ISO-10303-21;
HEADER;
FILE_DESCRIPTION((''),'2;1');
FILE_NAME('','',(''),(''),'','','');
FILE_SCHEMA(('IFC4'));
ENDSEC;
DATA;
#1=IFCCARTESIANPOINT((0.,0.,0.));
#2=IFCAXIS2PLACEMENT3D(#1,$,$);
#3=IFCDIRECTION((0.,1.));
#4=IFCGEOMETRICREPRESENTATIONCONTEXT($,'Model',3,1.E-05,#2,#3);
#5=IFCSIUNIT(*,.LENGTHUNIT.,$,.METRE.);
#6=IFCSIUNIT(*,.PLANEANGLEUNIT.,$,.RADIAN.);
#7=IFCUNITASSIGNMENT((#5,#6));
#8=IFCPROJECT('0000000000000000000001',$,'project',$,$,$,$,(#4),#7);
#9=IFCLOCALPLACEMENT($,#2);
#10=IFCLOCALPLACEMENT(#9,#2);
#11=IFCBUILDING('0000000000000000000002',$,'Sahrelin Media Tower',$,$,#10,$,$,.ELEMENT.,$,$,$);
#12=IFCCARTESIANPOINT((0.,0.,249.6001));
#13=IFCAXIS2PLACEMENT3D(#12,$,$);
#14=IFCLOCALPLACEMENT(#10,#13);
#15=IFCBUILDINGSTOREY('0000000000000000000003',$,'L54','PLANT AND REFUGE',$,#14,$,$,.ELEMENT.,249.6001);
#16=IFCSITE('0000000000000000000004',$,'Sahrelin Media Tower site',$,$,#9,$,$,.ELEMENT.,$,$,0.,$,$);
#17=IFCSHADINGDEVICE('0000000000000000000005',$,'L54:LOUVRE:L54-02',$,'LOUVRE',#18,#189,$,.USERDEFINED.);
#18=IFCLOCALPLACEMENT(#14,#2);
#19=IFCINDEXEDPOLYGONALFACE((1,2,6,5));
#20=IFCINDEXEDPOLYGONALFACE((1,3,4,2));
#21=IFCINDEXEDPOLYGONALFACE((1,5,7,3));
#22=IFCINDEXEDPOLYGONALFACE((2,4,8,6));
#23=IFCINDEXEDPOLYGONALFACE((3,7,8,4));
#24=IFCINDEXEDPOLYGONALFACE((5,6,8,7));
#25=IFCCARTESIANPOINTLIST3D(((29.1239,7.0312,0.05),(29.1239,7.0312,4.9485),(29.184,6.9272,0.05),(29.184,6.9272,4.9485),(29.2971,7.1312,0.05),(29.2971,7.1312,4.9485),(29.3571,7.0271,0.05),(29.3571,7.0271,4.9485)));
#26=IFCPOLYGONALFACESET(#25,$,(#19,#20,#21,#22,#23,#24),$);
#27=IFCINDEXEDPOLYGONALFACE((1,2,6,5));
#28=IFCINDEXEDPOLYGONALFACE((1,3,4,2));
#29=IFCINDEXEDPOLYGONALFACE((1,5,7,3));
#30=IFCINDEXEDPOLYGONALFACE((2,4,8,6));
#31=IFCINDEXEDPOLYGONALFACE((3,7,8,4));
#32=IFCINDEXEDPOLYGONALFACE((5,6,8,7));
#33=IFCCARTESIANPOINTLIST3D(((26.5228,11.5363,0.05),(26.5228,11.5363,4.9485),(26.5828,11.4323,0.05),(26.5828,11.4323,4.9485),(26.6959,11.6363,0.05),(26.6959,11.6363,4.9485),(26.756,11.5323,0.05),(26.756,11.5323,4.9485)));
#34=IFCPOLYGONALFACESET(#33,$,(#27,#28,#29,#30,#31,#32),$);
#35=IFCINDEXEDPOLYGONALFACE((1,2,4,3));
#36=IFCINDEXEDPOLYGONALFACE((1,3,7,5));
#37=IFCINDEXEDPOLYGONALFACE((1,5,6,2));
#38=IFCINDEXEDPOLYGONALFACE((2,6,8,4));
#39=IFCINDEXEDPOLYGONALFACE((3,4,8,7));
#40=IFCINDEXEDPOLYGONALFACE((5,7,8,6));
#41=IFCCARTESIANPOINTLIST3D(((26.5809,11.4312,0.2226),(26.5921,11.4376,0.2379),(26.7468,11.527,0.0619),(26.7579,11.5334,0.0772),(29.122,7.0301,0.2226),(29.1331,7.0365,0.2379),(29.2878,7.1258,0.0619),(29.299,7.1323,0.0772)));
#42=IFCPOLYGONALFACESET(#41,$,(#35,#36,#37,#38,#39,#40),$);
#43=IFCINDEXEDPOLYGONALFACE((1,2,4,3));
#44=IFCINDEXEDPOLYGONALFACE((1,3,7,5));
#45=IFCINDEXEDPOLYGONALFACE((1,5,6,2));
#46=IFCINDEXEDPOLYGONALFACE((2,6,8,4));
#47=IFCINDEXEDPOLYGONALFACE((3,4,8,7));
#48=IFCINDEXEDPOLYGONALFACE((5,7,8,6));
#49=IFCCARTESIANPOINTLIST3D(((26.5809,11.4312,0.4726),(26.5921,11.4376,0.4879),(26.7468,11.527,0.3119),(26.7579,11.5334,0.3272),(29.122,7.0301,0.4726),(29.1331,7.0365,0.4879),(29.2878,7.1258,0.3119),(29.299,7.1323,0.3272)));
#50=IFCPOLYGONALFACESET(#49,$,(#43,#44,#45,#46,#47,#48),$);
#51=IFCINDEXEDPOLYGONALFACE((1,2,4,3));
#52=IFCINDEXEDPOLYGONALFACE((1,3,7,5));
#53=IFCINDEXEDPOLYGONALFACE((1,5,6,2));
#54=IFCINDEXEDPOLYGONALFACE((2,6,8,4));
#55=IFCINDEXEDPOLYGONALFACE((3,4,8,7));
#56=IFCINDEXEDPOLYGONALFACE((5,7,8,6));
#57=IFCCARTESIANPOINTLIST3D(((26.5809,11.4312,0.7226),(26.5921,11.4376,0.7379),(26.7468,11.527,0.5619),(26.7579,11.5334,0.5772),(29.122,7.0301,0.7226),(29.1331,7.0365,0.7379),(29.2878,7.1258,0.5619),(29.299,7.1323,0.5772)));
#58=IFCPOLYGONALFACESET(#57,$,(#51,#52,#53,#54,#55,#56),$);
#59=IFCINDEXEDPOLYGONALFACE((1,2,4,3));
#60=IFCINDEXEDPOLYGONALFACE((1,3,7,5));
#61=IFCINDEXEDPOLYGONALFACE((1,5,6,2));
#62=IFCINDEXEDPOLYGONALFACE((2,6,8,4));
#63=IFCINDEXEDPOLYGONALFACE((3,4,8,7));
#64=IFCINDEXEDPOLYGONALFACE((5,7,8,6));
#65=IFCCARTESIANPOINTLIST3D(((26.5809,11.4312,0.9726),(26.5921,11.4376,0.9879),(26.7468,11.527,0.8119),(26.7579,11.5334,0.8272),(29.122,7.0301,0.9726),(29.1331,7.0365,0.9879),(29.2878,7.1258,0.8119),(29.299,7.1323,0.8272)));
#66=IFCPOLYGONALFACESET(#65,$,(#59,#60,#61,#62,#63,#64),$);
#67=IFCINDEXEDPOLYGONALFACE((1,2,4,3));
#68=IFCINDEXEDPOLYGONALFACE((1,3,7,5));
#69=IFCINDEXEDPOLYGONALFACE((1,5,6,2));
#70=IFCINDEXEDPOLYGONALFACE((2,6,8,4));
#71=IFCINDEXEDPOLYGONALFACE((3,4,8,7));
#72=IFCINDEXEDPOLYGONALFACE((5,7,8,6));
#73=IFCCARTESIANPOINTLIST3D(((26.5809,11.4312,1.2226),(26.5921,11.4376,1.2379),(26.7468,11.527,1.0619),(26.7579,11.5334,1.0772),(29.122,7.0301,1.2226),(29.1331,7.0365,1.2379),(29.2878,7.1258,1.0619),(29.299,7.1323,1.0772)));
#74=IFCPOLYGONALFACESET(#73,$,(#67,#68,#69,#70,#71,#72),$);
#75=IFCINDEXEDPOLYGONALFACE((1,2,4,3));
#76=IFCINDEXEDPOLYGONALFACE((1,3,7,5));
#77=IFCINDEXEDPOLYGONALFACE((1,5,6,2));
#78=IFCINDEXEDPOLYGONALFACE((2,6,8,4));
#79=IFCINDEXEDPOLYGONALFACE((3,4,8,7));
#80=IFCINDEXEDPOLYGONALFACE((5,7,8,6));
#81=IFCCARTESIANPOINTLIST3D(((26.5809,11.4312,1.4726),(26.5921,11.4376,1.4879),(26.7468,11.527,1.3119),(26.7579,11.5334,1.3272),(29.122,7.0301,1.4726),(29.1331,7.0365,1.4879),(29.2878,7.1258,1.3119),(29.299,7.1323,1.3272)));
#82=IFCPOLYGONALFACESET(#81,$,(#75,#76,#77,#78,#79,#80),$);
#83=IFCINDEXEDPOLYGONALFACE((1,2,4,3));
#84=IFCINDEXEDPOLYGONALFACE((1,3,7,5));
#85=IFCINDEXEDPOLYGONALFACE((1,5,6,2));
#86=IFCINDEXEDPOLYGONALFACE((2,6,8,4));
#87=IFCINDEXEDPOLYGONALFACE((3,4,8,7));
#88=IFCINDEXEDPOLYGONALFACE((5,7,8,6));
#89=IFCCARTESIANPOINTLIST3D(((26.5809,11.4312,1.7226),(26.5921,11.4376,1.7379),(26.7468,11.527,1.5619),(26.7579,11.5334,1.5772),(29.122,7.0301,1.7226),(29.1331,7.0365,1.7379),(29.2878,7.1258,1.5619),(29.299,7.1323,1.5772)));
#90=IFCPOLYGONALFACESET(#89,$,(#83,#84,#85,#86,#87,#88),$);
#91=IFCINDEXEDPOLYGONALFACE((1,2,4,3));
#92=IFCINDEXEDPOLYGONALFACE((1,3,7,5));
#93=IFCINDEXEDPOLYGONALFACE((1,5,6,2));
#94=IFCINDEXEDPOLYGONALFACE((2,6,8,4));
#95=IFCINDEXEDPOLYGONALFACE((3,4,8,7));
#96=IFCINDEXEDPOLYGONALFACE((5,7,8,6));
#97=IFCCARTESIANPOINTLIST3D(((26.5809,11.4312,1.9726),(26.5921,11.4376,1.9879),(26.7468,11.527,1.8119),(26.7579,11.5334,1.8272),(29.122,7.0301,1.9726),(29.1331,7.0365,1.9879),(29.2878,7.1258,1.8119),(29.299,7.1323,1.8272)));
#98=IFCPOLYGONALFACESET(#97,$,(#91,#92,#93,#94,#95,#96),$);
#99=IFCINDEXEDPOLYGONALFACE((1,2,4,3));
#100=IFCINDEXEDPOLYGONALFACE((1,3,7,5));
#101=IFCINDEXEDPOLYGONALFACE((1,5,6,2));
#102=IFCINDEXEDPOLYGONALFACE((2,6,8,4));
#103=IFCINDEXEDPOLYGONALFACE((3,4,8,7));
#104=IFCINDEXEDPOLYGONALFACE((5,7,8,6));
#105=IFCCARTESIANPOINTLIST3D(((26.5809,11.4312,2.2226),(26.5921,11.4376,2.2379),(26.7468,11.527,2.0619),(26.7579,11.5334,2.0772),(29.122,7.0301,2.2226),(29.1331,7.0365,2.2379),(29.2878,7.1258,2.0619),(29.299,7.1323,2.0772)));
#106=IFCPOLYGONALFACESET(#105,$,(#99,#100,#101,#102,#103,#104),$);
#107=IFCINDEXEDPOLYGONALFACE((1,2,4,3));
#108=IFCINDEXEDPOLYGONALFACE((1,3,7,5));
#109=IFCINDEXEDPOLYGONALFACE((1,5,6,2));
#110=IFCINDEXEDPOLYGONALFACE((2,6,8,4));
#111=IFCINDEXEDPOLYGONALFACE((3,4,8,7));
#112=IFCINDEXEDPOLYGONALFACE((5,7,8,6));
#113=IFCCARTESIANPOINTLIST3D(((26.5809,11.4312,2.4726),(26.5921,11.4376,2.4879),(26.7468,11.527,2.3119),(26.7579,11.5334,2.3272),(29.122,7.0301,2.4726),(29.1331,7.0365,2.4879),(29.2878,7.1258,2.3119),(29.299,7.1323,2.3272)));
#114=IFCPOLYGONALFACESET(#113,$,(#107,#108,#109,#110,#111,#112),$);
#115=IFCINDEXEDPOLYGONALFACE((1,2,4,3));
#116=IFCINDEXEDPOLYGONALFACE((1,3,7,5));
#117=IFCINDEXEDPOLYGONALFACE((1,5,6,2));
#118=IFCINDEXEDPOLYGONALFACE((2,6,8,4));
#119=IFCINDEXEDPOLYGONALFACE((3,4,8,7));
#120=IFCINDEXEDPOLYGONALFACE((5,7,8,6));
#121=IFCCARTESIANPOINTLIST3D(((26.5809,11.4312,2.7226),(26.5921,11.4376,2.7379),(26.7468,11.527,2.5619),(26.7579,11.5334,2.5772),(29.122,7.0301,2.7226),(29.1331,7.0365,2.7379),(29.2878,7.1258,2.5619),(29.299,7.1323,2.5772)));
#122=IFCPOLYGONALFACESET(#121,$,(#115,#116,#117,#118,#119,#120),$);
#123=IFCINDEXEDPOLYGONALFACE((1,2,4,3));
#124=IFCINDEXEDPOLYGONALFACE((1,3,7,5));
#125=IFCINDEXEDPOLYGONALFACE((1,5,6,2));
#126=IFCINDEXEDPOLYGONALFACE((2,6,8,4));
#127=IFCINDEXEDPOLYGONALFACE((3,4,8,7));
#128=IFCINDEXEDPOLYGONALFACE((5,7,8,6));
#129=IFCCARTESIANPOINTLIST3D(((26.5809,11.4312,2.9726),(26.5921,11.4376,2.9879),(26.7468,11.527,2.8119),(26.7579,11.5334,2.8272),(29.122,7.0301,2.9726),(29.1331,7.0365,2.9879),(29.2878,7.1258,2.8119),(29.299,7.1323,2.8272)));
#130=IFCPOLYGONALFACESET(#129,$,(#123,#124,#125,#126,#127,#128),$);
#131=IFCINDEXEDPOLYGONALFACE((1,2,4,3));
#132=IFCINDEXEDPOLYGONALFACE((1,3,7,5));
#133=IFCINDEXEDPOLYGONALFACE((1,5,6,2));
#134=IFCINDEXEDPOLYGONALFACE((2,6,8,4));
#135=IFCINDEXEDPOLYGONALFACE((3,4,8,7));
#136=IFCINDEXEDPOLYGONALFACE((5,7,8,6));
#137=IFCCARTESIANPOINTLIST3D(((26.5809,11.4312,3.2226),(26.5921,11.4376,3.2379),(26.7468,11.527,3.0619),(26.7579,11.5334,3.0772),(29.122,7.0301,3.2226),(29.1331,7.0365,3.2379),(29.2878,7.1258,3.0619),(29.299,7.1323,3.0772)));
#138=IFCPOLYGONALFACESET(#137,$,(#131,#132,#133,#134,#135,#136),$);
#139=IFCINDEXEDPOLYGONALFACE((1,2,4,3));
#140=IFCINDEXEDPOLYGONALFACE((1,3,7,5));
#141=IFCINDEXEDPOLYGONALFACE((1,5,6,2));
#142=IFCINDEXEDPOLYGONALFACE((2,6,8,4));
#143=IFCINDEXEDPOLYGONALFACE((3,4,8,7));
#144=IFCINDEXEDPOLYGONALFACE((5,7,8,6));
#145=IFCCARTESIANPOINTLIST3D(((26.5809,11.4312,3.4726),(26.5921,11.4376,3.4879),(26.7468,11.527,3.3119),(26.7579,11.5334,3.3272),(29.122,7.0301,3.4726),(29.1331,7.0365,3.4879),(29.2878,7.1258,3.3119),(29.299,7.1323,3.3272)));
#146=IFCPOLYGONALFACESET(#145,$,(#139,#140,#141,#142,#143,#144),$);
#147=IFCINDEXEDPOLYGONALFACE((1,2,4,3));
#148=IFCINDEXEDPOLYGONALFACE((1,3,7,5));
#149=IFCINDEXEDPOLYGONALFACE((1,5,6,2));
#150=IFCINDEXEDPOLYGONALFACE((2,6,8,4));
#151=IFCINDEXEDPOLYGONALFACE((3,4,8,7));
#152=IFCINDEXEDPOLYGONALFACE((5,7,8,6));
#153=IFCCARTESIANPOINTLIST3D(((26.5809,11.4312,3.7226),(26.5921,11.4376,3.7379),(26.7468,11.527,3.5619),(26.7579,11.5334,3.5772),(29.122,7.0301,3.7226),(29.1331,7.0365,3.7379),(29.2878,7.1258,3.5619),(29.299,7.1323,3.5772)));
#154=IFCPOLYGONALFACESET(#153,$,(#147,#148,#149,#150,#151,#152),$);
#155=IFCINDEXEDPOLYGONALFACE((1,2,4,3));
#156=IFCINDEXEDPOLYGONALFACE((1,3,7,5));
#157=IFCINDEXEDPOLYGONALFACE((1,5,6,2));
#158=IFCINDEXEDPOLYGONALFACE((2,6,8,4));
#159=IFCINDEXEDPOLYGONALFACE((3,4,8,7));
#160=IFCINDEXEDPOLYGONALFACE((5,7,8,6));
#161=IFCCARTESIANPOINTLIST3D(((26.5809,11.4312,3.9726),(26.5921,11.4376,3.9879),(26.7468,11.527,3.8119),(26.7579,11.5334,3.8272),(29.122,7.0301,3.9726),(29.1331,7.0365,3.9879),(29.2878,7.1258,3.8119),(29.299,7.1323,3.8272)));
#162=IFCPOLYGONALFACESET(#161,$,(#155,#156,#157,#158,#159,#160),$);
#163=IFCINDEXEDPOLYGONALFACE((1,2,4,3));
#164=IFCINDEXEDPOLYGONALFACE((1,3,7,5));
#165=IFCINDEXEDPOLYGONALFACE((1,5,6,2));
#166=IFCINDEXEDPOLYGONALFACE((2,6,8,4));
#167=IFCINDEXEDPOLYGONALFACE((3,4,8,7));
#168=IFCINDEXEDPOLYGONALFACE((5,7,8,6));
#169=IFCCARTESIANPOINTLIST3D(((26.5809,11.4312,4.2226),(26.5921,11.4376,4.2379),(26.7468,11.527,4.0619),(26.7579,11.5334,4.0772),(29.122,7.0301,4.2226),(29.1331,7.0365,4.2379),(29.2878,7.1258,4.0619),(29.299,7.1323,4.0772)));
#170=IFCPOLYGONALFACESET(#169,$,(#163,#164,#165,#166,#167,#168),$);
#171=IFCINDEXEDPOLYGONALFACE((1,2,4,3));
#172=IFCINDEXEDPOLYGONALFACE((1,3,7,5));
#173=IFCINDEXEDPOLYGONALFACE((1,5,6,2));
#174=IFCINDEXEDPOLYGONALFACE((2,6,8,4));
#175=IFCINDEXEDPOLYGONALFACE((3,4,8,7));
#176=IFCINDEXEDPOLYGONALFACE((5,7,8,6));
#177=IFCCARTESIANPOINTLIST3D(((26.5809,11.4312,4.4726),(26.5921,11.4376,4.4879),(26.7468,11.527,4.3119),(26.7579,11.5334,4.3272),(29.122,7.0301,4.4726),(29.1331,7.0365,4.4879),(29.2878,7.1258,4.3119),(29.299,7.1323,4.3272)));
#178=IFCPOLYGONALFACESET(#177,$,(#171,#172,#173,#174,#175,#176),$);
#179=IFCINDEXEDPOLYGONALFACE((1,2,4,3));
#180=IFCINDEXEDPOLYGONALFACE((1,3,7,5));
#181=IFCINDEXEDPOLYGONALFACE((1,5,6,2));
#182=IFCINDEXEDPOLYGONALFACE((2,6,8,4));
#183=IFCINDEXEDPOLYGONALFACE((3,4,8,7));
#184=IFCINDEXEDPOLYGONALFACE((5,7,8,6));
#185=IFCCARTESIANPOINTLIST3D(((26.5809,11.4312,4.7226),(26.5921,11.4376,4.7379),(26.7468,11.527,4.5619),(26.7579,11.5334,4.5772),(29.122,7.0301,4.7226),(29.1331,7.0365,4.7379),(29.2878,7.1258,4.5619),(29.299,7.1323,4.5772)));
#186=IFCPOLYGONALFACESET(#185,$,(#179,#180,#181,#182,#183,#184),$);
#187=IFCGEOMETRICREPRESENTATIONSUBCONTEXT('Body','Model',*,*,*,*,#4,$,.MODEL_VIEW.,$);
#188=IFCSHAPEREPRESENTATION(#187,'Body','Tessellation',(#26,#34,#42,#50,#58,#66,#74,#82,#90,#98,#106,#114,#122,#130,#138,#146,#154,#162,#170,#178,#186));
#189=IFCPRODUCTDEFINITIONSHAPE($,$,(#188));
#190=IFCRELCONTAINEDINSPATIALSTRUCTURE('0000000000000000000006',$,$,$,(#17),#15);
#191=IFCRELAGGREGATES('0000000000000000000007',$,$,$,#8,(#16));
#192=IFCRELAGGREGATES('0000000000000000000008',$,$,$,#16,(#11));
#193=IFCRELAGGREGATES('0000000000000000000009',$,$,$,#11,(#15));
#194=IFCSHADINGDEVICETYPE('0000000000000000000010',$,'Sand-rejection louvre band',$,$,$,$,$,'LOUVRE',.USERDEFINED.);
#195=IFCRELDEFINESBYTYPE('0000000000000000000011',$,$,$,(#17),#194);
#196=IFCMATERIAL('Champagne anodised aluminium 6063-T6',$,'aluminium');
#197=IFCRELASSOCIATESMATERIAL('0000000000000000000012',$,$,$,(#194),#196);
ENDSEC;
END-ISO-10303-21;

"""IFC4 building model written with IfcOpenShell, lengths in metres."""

from ifc_helpers import new_model, si_unit, direction, frame, origin, origin_2d, place, context, subcontext, project, spatial, rectangle, extrude, material, type_object, element, save


model = new_model("IFC4")

# Units and contexts
model_context = context("Model", 3, precision=1e-05, world=origin(), true_north=direction((0.0, 1.0)))
body_context = subcontext(model_context, "Body", "Model", "MODEL_VIEW")
ifc_project = project(units=[si_unit("LENGTHUNIT", "METRE"), si_unit("PLANEANGLEUNIT", "RADIAN")], contexts=[model_context])

# Site, building, storey
site_placement = place(None, origin())
site = spatial("IfcSite", under=ifc_project, at=site_placement, Name="Sahrelin Media Tower site", CompositionType="ELEMENT", RefElevation=0.0)
building_placement = place(site_placement, origin())
building = spatial("IfcBuilding", under=site, at=building_placement, Name="Sahrelin Media Tower", CompositionType="ELEMENT")
storey_placement = place(building_placement, frame((0.0, 0.0, 249.6001)))
storey = spatial("IfcBuildingStorey", under=building, at=storey_placement, Name="L54", Description="PLANT AND REFUGE", CompositionType="ELEMENT", Elevation=249.6001)

# Shading device
ifc_material_1 = material(Name="Champagne anodised aluminium 6063-T6", Category="aluminium")
shading_device_type = type_object("IfcShadingDeviceType", Name="Sand-rejection louvre band", ElementType="LOUVRE", PredefinedType="USERDEFINED", material=ifc_material_1)
shading_device_1_placement = place(storey_placement, frame((27.8533, 9.2317, 0.0), z_axis=(0.0, 0.0, 1.0), x_axis=(0.500011, -0.866019, 0.0)))
element("IfcShadingDevice", 1, at=shading_device_1_placement, inside=storey, type_object=shading_device_type, Name="L54:LOUVRE:L54-02", ObjectType="LOUVRE", PredefinedType="USERDEFINED", context=body_context, shape_type="SweptSolid", body=[
    extrude(rectangle(XDim=0.1201, YDim=0.2, at=origin_2d()), frame((2.6011, 0.1001, 0.05), z_axis=(0.0, 0.0, 1.0), x_axis=(1.0, 0.0, 0.0)), (0.0, 0.0, 1.0), 4.8984),
    extrude(rectangle(XDim=0.1201, YDim=0.2, at=origin_2d()), frame((-2.6011, 0.1001, 0.05), z_axis=(0.0, 0.0, 1.0), x_axis=(1.0, 0.0, 0.0)), (0.0, 0.0, 1.0), 4.8984),
    extrude(rectangle(XDim=0.25, YDim=0.02, at=origin_2d()), frame((2.541, 0.1001, 0.1499), z_axis=(-1.0, 0.0, 0.0), x_axis=(0.0, -0.766044, 0.642788)), (0.0, 0.0, 1.0), 5.082),
    extrude(rectangle(XDim=0.25, YDim=0.02, at=origin_2d()), frame((2.541, 0.1001, 0.3999), z_axis=(-1.0, 0.0, 0.0), x_axis=(0.0, -0.766044, 0.642788)), (0.0, 0.0, 1.0), 5.082),
    extrude(rectangle(XDim=0.25, YDim=0.02, at=origin_2d()), frame((2.541, 0.1001, 0.6499), z_axis=(-1.0, 0.0, 0.0), x_axis=(0.0, -0.766044, 0.642788)), (0.0, 0.0, 1.0), 5.082),
    extrude(rectangle(XDim=0.25, YDim=0.02, at=origin_2d()), frame((2.541, 0.1001, 0.8999), z_axis=(-1.0, 0.0, 0.0), x_axis=(0.0, -0.766044, 0.642788)), (0.0, 0.0, 1.0), 5.082),
    extrude(rectangle(XDim=0.25, YDim=0.02, at=origin_2d()), frame((2.541, 0.1001, 1.1499), z_axis=(-1.0, 0.0, 0.0), x_axis=(0.0, -0.766044, 0.642788)), (0.0, 0.0, 1.0), 5.082),
    extrude(rectangle(XDim=0.25, YDim=0.02, at=origin_2d()), frame((2.541, 0.1001, 1.3999), z_axis=(-1.0, 0.0, 0.0), x_axis=(0.0, -0.766044, 0.642788)), (0.0, 0.0, 1.0), 5.082),
    extrude(rectangle(XDim=0.25, YDim=0.02, at=origin_2d()), frame((2.541, 0.1001, 1.6499), z_axis=(-1.0, 0.0, 0.0), x_axis=(0.0, -0.766044, 0.642788)), (0.0, 0.0, 1.0), 5.082),
    extrude(rectangle(XDim=0.25, YDim=0.02, at=origin_2d()), frame((2.541, 0.1001, 1.8999), z_axis=(-1.0, 0.0, 0.0), x_axis=(0.0, -0.766044, 0.642788)), (0.0, 0.0, 1.0), 5.082),
    extrude(rectangle(XDim=0.25, YDim=0.02, at=origin_2d()), frame((2.541, 0.1001, 2.1499), z_axis=(-1.0, 0.0, 0.0), x_axis=(0.0, -0.766044, 0.642788)), (0.0, 0.0, 1.0), 5.082),
    extrude(rectangle(XDim=0.25, YDim=0.02, at=origin_2d()), frame((2.541, 0.1001, 2.3999), z_axis=(-1.0, 0.0, 0.0), x_axis=(0.0, -0.766044, 0.642788)), (0.0, 0.0, 1.0), 5.082),
    extrude(rectangle(XDim=0.25, YDim=0.02, at=origin_2d()), frame((2.541, 0.1001, 2.6499), z_axis=(-1.0, 0.0, 0.0), x_axis=(0.0, -0.766044, 0.642788)), (0.0, 0.0, 1.0), 5.082),
    extrude(rectangle(XDim=0.25, YDim=0.02, at=origin_2d()), frame((2.541, 0.1001, 2.8999), z_axis=(-1.0, 0.0, 0.0), x_axis=(0.0, -0.766044, 0.642788)), (0.0, 0.0, 1.0), 5.082),
    extrude(rectangle(XDim=0.25, YDim=0.02, at=origin_2d()), frame((2.541, 0.1001, 3.1499), z_axis=(-1.0, 0.0, 0.0), x_axis=(0.0, -0.766044, 0.642788)), (0.0, 0.0, 1.0), 5.082),
    extrude(rectangle(XDim=0.25, YDim=0.02, at=origin_2d()), frame((2.541, 0.1001, 3.3999), z_axis=(-1.0, 0.0, 0.0), x_axis=(0.0, -0.766044, 0.642788)), (0.0, 0.0, 1.0), 5.082),
    extrude(rectangle(XDim=0.25, YDim=0.02, at=origin_2d()), frame((2.541, 0.1001, 3.6499), z_axis=(-1.0, 0.0, 0.0), x_axis=(0.0, -0.766044, 0.642788)), (0.0, 0.0, 1.0), 5.082),
    extrude(rectangle(XDim=0.25, YDim=0.02, at=origin_2d()), frame((2.541, 0.1001, 3.8999), z_axis=(-1.0, 0.0, 0.0), x_axis=(0.0, -0.766044, 0.642788)), (0.0, 0.0, 1.0), 5.082),
    extrude(rectangle(XDim=0.25, YDim=0.02, at=origin_2d()), frame((2.541, 0.1001, 4.1499), z_axis=(-1.0, 0.0, 0.0), x_axis=(0.0, -0.766044, 0.642788)), (0.0, 0.0, 1.0), 5.082),
    extrude(rectangle(XDim=0.25, YDim=0.02, at=origin_2d()), frame((2.541, 0.1001, 4.3999), z_axis=(-1.0, 0.0, 0.0), x_axis=(0.0, -0.766044, 0.642788)), (0.0, 0.0, 1.0), 5.082),
    extrude(rectangle(XDim=0.25, YDim=0.02, at=origin_2d()), frame((2.541, 0.1001, 4.6499), z_axis=(-1.0, 0.0, 0.0), x_axis=(0.0, -0.766044, 0.642788)), (0.0, 0.0, 1.0), 5.082),
])

save(model, "model.ifc")
